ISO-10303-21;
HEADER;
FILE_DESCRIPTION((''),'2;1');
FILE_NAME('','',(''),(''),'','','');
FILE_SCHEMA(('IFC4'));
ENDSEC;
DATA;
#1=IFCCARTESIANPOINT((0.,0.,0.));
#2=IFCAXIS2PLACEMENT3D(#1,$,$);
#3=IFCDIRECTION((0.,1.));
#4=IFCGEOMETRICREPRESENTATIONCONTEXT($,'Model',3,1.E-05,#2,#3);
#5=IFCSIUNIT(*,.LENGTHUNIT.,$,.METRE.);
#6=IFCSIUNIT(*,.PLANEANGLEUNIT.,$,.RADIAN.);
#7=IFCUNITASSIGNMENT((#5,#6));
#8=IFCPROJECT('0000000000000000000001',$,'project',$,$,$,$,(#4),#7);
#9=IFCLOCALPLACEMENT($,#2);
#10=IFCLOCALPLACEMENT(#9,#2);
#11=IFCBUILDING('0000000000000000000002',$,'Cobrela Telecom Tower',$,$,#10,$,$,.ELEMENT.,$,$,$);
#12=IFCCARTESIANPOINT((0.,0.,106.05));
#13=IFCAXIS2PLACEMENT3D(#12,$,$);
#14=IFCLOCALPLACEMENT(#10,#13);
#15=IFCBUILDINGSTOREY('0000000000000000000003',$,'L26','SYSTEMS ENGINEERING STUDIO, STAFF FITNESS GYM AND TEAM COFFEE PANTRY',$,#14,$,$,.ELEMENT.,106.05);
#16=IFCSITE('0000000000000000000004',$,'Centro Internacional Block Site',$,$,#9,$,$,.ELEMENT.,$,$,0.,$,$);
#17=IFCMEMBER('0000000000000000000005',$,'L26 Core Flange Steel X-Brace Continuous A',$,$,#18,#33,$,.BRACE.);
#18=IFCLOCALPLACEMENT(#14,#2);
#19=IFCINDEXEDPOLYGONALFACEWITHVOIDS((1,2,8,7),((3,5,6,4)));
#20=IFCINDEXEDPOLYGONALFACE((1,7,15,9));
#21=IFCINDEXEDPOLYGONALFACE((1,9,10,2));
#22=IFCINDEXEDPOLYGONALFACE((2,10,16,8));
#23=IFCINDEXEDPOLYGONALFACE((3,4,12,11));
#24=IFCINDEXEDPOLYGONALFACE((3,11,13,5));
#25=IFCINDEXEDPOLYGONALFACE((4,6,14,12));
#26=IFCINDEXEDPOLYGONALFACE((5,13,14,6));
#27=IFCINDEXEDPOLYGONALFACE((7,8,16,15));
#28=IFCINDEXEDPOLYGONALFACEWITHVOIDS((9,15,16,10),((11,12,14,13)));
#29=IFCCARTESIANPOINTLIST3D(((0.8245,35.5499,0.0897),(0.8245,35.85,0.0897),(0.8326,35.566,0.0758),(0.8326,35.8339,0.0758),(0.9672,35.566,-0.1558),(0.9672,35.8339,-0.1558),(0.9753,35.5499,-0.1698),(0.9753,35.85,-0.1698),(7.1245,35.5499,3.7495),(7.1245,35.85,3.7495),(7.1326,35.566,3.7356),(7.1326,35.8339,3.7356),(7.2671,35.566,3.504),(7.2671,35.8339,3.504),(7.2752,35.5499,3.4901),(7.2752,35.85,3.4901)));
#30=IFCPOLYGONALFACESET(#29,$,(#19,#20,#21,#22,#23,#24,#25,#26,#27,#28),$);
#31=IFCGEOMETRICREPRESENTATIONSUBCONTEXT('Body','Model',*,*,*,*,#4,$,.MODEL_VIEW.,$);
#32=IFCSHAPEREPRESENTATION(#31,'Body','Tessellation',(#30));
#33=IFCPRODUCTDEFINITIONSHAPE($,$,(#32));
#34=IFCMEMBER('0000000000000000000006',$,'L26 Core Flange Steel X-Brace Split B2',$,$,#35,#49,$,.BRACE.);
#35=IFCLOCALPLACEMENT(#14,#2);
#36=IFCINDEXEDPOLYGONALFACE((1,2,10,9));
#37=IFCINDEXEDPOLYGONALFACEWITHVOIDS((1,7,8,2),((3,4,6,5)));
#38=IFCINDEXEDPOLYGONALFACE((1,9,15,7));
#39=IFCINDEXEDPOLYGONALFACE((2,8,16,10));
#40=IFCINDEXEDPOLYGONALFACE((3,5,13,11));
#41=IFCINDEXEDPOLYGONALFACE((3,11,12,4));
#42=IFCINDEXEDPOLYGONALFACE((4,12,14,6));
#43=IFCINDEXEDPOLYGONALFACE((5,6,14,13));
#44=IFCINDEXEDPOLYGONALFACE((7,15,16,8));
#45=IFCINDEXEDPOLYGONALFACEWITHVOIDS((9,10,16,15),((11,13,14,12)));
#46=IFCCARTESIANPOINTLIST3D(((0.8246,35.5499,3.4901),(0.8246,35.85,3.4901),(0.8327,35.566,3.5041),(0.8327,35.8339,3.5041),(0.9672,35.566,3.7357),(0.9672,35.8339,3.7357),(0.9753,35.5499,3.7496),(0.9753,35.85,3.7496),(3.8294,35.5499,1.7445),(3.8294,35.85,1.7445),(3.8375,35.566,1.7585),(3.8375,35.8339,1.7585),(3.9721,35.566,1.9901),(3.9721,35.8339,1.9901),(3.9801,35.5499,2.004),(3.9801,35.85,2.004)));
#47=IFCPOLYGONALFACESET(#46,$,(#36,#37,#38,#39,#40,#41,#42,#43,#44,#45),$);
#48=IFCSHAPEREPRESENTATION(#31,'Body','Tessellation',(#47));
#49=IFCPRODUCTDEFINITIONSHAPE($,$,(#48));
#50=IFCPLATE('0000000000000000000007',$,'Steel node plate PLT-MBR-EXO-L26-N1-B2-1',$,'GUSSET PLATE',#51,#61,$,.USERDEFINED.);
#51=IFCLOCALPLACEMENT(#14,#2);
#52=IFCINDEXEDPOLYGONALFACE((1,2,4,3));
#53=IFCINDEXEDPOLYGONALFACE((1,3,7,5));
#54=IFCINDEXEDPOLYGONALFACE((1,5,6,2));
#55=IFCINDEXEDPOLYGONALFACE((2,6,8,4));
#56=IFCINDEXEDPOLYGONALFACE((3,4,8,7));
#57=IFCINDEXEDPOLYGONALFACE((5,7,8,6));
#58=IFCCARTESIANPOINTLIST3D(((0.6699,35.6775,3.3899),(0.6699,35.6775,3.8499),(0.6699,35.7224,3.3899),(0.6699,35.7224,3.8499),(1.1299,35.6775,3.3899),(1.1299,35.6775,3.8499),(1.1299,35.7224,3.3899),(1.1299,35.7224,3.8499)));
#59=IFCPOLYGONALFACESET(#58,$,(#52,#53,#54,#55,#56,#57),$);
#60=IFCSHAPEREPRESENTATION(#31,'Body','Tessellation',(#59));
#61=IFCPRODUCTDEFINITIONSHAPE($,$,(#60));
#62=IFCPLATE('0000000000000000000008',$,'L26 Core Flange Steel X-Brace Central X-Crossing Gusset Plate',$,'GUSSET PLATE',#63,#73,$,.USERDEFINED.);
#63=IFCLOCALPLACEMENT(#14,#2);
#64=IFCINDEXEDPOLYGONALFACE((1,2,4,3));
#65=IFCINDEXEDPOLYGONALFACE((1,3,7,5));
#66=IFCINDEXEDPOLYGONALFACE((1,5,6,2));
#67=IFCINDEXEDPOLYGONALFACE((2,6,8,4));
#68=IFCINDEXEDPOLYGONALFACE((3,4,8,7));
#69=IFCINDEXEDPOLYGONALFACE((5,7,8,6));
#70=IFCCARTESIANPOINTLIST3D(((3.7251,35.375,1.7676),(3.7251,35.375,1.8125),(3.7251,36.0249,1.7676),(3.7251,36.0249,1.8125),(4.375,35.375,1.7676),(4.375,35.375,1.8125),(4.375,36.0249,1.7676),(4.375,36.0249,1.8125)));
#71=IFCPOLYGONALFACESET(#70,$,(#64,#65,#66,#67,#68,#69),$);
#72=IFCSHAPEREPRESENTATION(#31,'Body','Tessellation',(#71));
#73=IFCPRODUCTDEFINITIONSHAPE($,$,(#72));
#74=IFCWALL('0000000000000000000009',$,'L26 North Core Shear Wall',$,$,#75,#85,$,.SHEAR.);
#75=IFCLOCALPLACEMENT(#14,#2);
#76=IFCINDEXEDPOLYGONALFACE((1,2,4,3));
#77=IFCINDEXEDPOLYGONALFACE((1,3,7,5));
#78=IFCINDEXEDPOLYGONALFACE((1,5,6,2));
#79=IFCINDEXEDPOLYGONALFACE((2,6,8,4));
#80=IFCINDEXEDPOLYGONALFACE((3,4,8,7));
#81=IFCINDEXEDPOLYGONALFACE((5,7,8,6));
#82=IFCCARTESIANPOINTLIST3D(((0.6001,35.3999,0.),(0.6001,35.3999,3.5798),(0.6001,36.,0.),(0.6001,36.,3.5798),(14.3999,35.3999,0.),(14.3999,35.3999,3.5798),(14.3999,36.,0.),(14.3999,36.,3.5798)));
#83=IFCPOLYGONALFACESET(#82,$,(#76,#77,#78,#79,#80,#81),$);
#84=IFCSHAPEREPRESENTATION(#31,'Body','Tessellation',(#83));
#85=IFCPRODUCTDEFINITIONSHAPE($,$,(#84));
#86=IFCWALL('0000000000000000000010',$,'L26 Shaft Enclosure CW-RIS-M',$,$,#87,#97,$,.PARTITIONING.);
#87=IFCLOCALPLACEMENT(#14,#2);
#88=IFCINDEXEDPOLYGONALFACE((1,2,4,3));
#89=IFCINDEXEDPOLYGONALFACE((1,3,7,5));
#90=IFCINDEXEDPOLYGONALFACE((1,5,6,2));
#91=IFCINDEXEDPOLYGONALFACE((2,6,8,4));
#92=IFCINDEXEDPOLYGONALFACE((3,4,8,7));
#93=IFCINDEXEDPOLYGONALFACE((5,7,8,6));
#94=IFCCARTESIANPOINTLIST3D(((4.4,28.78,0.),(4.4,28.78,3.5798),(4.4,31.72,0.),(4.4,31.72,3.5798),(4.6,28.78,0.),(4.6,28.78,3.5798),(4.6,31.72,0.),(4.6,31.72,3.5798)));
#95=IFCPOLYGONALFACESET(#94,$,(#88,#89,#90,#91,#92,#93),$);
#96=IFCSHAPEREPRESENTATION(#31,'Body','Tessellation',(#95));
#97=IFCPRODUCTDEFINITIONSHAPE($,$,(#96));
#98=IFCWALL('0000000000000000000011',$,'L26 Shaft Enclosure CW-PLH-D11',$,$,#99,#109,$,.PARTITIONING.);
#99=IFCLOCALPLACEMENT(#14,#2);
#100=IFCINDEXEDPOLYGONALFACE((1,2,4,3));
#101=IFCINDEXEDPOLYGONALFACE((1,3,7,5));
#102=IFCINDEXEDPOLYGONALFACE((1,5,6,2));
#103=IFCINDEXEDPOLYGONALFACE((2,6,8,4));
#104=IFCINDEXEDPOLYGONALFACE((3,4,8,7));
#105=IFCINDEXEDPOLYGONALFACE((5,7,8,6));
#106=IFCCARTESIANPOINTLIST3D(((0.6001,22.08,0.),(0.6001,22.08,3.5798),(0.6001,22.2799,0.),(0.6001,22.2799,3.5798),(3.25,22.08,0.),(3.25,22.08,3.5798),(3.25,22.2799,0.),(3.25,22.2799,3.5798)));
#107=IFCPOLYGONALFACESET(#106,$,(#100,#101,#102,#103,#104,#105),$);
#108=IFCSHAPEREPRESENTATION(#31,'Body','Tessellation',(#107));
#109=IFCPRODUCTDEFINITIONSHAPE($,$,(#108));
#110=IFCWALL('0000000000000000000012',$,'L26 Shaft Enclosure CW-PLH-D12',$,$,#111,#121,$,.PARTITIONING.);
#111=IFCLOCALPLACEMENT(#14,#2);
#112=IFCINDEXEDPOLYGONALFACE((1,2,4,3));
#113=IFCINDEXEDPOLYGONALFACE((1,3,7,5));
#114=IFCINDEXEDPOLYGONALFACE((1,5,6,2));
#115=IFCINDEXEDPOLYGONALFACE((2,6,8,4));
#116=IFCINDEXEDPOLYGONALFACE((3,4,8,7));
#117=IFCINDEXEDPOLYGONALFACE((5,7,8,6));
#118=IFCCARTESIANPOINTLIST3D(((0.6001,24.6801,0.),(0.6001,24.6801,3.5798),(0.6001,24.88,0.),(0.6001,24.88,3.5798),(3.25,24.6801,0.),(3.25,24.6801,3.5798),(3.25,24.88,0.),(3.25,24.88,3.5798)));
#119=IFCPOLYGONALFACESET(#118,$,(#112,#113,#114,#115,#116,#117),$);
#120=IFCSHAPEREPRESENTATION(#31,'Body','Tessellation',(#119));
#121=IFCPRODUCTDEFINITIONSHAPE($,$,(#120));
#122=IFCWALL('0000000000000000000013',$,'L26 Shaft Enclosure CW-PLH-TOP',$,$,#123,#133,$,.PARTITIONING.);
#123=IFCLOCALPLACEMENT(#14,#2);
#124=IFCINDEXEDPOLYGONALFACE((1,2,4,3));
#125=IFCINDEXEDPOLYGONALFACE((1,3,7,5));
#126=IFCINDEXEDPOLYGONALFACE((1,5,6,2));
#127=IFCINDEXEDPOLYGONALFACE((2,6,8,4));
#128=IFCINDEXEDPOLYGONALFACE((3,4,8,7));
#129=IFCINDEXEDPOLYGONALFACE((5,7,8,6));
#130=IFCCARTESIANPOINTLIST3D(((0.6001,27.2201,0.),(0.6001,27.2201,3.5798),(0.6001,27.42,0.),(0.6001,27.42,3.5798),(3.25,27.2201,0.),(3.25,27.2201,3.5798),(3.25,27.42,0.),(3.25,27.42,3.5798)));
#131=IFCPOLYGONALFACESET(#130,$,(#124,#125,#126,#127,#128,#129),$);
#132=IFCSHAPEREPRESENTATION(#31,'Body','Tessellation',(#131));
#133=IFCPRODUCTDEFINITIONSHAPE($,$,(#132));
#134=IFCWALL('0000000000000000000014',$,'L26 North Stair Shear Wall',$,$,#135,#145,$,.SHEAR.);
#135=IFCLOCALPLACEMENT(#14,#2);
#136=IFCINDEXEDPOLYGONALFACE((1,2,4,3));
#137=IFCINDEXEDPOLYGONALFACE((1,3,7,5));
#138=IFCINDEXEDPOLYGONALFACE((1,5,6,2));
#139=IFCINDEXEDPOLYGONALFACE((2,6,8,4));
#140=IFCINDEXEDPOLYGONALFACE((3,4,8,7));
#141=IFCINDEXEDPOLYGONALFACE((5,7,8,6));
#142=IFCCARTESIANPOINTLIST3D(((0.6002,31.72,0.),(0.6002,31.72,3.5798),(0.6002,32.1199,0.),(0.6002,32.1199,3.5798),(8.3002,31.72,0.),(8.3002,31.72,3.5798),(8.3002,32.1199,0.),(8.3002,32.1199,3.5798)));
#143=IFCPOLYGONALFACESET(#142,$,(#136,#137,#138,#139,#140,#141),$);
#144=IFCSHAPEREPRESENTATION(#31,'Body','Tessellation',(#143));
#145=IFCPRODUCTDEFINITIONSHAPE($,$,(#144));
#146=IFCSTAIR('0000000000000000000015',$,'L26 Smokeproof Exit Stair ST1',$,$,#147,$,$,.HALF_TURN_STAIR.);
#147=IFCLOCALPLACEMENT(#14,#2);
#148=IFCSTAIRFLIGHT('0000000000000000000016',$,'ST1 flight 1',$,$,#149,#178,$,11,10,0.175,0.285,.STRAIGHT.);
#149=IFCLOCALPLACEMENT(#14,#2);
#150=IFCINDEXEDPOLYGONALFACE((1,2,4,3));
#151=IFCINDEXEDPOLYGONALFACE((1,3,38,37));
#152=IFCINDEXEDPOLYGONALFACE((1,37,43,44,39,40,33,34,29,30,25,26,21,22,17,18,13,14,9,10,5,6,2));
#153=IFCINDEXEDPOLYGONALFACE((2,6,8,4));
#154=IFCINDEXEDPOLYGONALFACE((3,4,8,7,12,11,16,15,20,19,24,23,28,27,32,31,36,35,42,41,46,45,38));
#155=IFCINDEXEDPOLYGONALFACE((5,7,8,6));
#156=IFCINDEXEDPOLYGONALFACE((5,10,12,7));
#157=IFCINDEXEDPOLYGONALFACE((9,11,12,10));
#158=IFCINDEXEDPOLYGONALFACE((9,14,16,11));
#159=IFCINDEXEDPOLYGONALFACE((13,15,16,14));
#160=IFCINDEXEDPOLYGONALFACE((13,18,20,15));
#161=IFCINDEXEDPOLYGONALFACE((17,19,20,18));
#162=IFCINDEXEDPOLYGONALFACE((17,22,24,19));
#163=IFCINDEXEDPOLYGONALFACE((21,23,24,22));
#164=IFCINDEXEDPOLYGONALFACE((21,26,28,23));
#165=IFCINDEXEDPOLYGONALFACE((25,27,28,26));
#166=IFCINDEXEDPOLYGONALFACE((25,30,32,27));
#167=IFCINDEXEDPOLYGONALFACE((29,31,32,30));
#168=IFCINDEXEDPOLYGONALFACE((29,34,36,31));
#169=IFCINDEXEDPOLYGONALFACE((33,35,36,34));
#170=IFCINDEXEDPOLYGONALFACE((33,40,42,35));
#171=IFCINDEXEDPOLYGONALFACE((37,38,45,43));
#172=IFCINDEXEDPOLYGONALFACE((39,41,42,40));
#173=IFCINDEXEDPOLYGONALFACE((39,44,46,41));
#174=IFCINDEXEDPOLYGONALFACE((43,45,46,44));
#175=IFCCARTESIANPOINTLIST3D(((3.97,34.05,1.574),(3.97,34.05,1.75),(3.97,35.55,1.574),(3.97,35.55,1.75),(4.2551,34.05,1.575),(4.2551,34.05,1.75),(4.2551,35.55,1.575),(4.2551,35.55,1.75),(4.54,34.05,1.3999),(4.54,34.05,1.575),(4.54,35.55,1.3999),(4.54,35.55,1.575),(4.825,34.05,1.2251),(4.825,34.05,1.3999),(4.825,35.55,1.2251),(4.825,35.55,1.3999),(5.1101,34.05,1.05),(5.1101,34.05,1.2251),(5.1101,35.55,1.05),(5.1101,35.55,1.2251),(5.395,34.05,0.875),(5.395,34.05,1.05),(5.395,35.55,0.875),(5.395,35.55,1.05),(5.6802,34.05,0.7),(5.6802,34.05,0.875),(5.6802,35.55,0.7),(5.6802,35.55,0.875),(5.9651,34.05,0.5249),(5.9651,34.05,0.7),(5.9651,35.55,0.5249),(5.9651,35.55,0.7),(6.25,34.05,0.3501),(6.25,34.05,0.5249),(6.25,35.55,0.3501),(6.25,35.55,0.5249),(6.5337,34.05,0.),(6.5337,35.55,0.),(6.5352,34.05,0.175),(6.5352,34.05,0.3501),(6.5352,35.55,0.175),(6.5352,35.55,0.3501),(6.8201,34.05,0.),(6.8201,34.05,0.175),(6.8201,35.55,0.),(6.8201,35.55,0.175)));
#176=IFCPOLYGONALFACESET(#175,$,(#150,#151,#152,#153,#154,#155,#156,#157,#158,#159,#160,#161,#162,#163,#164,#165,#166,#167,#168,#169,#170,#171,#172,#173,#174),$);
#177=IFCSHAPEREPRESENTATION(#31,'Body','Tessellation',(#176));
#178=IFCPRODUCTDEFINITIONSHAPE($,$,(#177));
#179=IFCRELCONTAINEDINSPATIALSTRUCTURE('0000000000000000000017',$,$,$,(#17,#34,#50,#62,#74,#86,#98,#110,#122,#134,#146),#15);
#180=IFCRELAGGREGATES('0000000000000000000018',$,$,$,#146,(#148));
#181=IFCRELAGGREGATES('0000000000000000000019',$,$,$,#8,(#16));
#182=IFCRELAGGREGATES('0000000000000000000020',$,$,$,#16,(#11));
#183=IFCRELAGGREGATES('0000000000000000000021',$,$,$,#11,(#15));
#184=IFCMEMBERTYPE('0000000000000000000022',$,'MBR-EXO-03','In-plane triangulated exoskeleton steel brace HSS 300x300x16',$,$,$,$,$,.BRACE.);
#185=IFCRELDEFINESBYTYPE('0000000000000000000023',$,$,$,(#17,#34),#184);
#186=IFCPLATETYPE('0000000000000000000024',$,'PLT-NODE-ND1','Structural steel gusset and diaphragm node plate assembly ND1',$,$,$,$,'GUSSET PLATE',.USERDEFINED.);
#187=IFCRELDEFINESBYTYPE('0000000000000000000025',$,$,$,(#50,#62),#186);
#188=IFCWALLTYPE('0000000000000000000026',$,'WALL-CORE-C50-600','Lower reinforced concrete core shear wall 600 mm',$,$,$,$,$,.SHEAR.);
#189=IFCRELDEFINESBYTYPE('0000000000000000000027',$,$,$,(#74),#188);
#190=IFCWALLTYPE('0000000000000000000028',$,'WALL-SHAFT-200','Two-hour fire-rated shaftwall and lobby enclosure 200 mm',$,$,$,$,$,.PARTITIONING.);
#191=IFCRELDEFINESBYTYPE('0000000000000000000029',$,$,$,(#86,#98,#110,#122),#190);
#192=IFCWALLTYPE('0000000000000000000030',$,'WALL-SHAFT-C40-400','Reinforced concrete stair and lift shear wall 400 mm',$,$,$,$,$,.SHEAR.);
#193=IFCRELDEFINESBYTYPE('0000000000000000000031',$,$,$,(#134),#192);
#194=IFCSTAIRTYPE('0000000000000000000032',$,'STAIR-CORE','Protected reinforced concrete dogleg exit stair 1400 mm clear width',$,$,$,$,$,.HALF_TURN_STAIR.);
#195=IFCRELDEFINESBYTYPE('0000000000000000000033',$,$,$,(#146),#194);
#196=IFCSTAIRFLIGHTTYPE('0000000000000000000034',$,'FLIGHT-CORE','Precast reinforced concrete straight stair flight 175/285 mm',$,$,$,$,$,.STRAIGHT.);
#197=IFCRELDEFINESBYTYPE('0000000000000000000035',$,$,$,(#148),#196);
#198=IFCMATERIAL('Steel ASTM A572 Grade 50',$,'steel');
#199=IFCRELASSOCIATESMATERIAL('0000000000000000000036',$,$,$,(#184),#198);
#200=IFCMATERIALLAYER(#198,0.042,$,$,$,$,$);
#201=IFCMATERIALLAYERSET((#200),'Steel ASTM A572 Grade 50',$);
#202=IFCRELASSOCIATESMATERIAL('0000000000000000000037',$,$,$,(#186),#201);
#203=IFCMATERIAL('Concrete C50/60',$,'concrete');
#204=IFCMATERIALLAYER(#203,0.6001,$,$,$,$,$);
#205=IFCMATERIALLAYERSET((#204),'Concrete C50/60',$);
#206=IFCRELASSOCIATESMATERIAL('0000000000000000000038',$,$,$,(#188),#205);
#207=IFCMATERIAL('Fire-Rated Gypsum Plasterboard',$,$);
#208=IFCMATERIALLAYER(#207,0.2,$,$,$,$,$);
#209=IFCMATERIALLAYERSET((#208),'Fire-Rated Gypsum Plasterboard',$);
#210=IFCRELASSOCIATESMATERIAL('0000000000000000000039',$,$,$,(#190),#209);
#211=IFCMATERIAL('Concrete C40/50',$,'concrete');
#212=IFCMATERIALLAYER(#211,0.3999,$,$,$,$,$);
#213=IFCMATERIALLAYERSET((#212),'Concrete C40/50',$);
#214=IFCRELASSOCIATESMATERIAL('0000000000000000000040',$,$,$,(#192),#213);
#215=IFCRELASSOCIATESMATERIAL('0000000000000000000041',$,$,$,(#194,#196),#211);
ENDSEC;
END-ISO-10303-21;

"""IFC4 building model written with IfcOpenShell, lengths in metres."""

from ifc_helpers import new_model, si_unit, direction, frame, frame_2d, origin, origin_2d, place, context, subcontext, project, spatial, polyline, rectangle, hollow_rectangle, outline, extrude, material, layer, layer_set, material_profile, profile_set, type_object, element, aggregate, save


model = new_model("IFC4")

# Units and contexts
model_context = context("Model", 3, precision=1e-05, world=origin(), true_north=direction((0.0, 1.0)))
body_context = subcontext(model_context, "Body", "Model", "MODEL_VIEW")
ifc_project = project(units=[si_unit("LENGTHUNIT", "METRE"), si_unit("PLANEANGLEUNIT", "RADIAN")], contexts=[model_context])

# Site, building, storey
site_placement = place(None, origin())
site = spatial("IfcSite", under=ifc_project, at=site_placement, Name="Centro Internacional Block Site", CompositionType="ELEMENT", RefElevation=0.0)
building_placement = place(site_placement, origin())
building = spatial("IfcBuilding", under=site, at=building_placement, Name="Cobrela Telecom Tower", CompositionType="ELEMENT")
storey_placement = place(building_placement, frame((0.0, 0.0, 106.05)))
storey = spatial("IfcBuildingStorey", under=building, at=storey_placement, Name="L26", Description="SYSTEMS ENGINEERING STUDIO, STAFF FITNESS GYM AND TEAM COFFEE PANTRY", CompositionType="ELEMENT", Elevation=106.05)

# Members
ifc_material_1 = material(Name="Steel ASTM A572 Grade 50", Category="steel")
ifc_material_profile = material_profile(ifc_material_1, hollow_rectangle(XDim=0.3, YDim=0.3, WallThickness=0.0161, at=origin_2d()), Name="HSS 300x300x16")
ifc_profile_set = profile_set([ifc_material_profile], Name="Steel ASTM A572 Grade 50")
member_type = type_object("IfcMemberType", Name="MBR-EXO-03", Description="In-plane triangulated exoskeleton steel brace HSS 300x300x16", PredefinedType="BRACE", material=ifc_profile_set)
member_1_placement = place(storey_placement, frame((0.8999, 35.7, -0.04), z_axis=(0.864681, 0.0, 0.502322), x_axis=(0.0, 1.0, 0.0)))
element("IfcMember", 1, at=member_1_placement, inside=storey, type_object=member_type, Name="L26 Core Flange Steel X-Brace Continuous A", PredefinedType="BRACE", context=body_context, shape_type="SweptSolid", body=[
    extrude(hollow_rectangle(XDim=0.3, YDim=0.3, WallThickness=0.0161, at=origin_2d()), origin(), (0.0, 0.0, 1.0), 7.2859),
])
member_2_placement = place(storey_placement, frame((3.9048, 35.7, 1.8743), z_axis=(-0.864685, 0.0, 0.502315), x_axis=(0.0, -1.0, 0.0)))
element("IfcMember", 2, at=member_2_placement, inside=storey, type_object=member_type, Name="L26 Core Flange Steel X-Brace Split B2", PredefinedType="BRACE", context=body_context, shape_type="SweptSolid", body=[
    extrude(hollow_rectangle(XDim=0.3, YDim=0.3, WallThickness=0.0161, at=origin_2d()), origin(), (0.0, 0.0, 1.0), 3.4751),
])

# Plates
ifc_layer_1 = layer(ifc_material_1, 0.042)
ifc_layer_set_1 = layer_set([ifc_layer_1], Name="Steel ASTM A572 Grade 50")
plate_type = type_object("IfcPlateType", Name="PLT-NODE-ND1", Description="Structural steel gusset and diaphragm node plate assembly ND1", ElementType="GUSSET PLATE", PredefinedType="USERDEFINED", material=ifc_layer_set_1)
plate_1_placement = place(storey_placement, frame((0.8999, 35.7, 3.3899), z_axis=(0.0, 0.0, 1.0), x_axis=(-1.0, 0.0, 0.0)))
element("IfcPlate", 3, at=plate_1_placement, inside=storey, type_object=plate_type, Name="Steel node plate PLT-MBR-EXO-L26-N1-B2-1", ObjectType="GUSSET PLATE", PredefinedType="USERDEFINED", context=body_context, shape_type="SweptSolid", body=[
    extrude(rectangle(XDim=0.46, YDim=0.0449, at=origin_2d()), origin(), (0.0, 0.0, 1.0), 0.46),
])
plate_2_placement = place(storey_placement, frame((4.05, 35.7, 1.7676), z_axis=(0.0, 0.0, 1.0), x_axis=(1.0, 0.0, 0.0)))
element("IfcPlate", 4, at=plate_2_placement, inside=storey, type_object=plate_type, Name="L26 Core Flange Steel X-Brace Central X-Crossing Gusset Plate", ObjectType="GUSSET PLATE", PredefinedType="USERDEFINED", context=body_context, shape_type="SweptSolid", body=[
    extrude(rectangle(XDim=0.6499, YDim=0.6499, at=origin_2d()), origin(), (0.0, 0.0, 1.0), 0.0449),
])

# Wall
ifc_material_2 = material(Name="Concrete C50/60", Category="concrete")
ifc_layer_2 = layer(ifc_material_2, 0.6001)
ifc_layer_set_2 = layer_set([ifc_layer_2], Name="Concrete C50/60")
wall_type_1 = type_object("IfcWallType", Name="WALL-CORE-C50-600", Description="Lower reinforced concrete core shear wall 600 mm", PredefinedType="SHEAR", material=ifc_layer_set_2)
wall_1_placement = place(storey_placement, frame((0.6001, 35.7, 0.0), z_axis=(0.0, 0.0, 1.0), x_axis=(1.0, 0.0, 0.0)))
element("IfcWall", 5, at=wall_1_placement, inside=storey, type_object=wall_type_1, Name="L26 North Core Shear Wall", PredefinedType="SHEAR", context=body_context, shape_type="SweptSolid", body=[
    extrude(rectangle(XDim=13.7998, YDim=0.6001, at=frame_2d((6.8999, 0.0))), origin(), (0.0, 0.0, 1.0), 3.5798),
])

# Shared definitions
ifc_material_3 = material(Name="Fire-Rated Gypsum Plasterboard")
ifc_layer_3 = layer(ifc_material_3, 0.2)
ifc_layer_set_3 = layer_set([ifc_layer_3], Name="Fire-Rated Gypsum Plasterboard")
wall_type_2 = type_object("IfcWallType", Name="WALL-SHAFT-200", Description="Two-hour fire-rated shaftwall and lobby enclosure 200 mm", PredefinedType="PARTITIONING", material=ifc_layer_set_3)

# Walls
wall_2_placement = place(storey_placement, frame((4.5, 28.78, 0.0), z_axis=(0.0, 0.0, 1.0), x_axis=(0.0, 1.0, 0.0)))
element("IfcWall", 6, at=wall_2_placement, inside=storey, type_object=wall_type_2, Name="L26 Shaft Enclosure CW-RIS-M", PredefinedType="PARTITIONING", context=body_context, shape_type="SweptSolid", body=[
    extrude(rectangle(XDim=2.9399, YDim=0.2, at=frame_2d((1.47, 0.0))), origin(), (0.0, 0.0, 1.0), 3.5798),
])
for number, where, z_axis, x_axis, name in (
    (7, (0.6001, 22.1799, 0.0), (0.0, 0.0, 1.0), (1.0, 0.0, 0.0), "L26 Shaft Enclosure CW-PLH-D11"),
    (8, (0.6001, 24.78, 0.0), (0.0, 0.0, 1.0), (1.0, 0.0, 0.0), "L26 Shaft Enclosure CW-PLH-D12"),
    (9, (0.6001, 27.3201, 0.0), (0.0, 0.0, 1.0), (1.0, 0.0, 0.0), "L26 Shaft Enclosure CW-PLH-TOP"),
):
    element("IfcWall", number, at=place(storey_placement, frame(where, z_axis=z_axis, x_axis=x_axis)), inside=storey, type_object=wall_type_2, Name=name, PredefinedType="PARTITIONING", context=body_context, shape_type="SweptSolid", body=[
        extrude(rectangle(XDim=2.6499, YDim=0.2, at=frame_2d((1.325, 0.0))), origin(), (0.0, 0.0, 1.0), 3.5798),
    ])
ifc_material_4 = material(Name="Concrete C40/50", Category="concrete")
ifc_layer_4 = layer(ifc_material_4, 0.3999)
ifc_layer_set_4 = layer_set([ifc_layer_4], Name="Concrete C40/50")
wall_type_3 = type_object("IfcWallType", Name="WALL-SHAFT-C40-400", Description="Reinforced concrete stair and lift shear wall 400 mm", PredefinedType="SHEAR", material=ifc_layer_set_4)
wall_3_placement = place(storey_placement, frame((0.6001, 31.9199, 0.0), z_axis=(0.0, 0.0, 1.0), x_axis=(1.0, 0.0, 0.0)))
element("IfcWall", 10, at=wall_3_placement, inside=storey, type_object=wall_type_3, Name="L26 North Stair Shear Wall", PredefinedType="SHEAR", context=body_context, shape_type="SweptSolid", body=[
    extrude(rectangle(XDim=7.7, YDim=0.3999, at=frame_2d((3.8501, 0.0))), origin(), (0.0, 0.0, 1.0), 3.5798),
])

# Stair, stair flight
stair_type = type_object("IfcStairType", Name="STAIR-CORE", Description="Protected reinforced concrete dogleg exit stair 1400 mm clear width", PredefinedType="HALF_TURN_STAIR", material=ifc_material_4)
stair_placement = place(storey_placement, origin())
stair = element("IfcStair", 11, at=stair_placement, inside=storey, type_object=stair_type, Name="L26 Smokeproof Exit Stair ST1", PredefinedType="HALF_TURN_STAIR")
stair_flight_type = type_object("IfcStairFlightType", Name="FLIGHT-CORE", Description="Precast reinforced concrete straight stair flight 175/285 mm", PredefinedType="STRAIGHT", material=ifc_material_4)
stair_flight_1_placement = place(storey_placement, frame((6.8201, 34.8, 0.0), z_axis=(0.0, 0.0, 1.0), x_axis=(-1.0, 0.0, 0.0)))
stair_flight_1 = element("IfcStairFlight", 12, at=stair_flight_1_placement, type_object=stair_flight_type, Name="ST1 flight 1", NumberOfRisers=11, NumberOfTreads=10, PredefinedType="STRAIGHT", RiserHeight=0.175, TreadLength=0.285, context=body_context, shape_type="SweptSolid", body=[
    extrude(outline(polyline([(0.0, 0.0), (0.0, 0.175), (0.2849, 0.175), (0.2849, 0.3501), (0.5701, 0.3501), (0.5701, 0.5249), (0.855, 0.5249), (0.855, 0.7), (1.1399, 0.7), (1.1399, 0.875), (1.425, 0.875), (1.425, 1.05), (1.71, 1.05), (1.71, 1.2251), (1.9951, 1.2251), (1.9951, 1.3999), (2.28, 1.3999), (2.28, 1.575), (2.5649, 1.575), (2.5649, 1.75), (2.8501, 1.75), (2.8501, 1.925), (2.8501, 1.574), (0.2864, 0.0), (0.0, 0.0)])), frame((0.0, 0.75, 0.0), z_axis=(0.0, -1.0, 0.0), x_axis=(1.0, 0.0, 0.0)), (0.0, 0.0, 1.0), 1.5),
])
aggregate(stair, [stair_flight_1])

save(model, "model.ifc")
